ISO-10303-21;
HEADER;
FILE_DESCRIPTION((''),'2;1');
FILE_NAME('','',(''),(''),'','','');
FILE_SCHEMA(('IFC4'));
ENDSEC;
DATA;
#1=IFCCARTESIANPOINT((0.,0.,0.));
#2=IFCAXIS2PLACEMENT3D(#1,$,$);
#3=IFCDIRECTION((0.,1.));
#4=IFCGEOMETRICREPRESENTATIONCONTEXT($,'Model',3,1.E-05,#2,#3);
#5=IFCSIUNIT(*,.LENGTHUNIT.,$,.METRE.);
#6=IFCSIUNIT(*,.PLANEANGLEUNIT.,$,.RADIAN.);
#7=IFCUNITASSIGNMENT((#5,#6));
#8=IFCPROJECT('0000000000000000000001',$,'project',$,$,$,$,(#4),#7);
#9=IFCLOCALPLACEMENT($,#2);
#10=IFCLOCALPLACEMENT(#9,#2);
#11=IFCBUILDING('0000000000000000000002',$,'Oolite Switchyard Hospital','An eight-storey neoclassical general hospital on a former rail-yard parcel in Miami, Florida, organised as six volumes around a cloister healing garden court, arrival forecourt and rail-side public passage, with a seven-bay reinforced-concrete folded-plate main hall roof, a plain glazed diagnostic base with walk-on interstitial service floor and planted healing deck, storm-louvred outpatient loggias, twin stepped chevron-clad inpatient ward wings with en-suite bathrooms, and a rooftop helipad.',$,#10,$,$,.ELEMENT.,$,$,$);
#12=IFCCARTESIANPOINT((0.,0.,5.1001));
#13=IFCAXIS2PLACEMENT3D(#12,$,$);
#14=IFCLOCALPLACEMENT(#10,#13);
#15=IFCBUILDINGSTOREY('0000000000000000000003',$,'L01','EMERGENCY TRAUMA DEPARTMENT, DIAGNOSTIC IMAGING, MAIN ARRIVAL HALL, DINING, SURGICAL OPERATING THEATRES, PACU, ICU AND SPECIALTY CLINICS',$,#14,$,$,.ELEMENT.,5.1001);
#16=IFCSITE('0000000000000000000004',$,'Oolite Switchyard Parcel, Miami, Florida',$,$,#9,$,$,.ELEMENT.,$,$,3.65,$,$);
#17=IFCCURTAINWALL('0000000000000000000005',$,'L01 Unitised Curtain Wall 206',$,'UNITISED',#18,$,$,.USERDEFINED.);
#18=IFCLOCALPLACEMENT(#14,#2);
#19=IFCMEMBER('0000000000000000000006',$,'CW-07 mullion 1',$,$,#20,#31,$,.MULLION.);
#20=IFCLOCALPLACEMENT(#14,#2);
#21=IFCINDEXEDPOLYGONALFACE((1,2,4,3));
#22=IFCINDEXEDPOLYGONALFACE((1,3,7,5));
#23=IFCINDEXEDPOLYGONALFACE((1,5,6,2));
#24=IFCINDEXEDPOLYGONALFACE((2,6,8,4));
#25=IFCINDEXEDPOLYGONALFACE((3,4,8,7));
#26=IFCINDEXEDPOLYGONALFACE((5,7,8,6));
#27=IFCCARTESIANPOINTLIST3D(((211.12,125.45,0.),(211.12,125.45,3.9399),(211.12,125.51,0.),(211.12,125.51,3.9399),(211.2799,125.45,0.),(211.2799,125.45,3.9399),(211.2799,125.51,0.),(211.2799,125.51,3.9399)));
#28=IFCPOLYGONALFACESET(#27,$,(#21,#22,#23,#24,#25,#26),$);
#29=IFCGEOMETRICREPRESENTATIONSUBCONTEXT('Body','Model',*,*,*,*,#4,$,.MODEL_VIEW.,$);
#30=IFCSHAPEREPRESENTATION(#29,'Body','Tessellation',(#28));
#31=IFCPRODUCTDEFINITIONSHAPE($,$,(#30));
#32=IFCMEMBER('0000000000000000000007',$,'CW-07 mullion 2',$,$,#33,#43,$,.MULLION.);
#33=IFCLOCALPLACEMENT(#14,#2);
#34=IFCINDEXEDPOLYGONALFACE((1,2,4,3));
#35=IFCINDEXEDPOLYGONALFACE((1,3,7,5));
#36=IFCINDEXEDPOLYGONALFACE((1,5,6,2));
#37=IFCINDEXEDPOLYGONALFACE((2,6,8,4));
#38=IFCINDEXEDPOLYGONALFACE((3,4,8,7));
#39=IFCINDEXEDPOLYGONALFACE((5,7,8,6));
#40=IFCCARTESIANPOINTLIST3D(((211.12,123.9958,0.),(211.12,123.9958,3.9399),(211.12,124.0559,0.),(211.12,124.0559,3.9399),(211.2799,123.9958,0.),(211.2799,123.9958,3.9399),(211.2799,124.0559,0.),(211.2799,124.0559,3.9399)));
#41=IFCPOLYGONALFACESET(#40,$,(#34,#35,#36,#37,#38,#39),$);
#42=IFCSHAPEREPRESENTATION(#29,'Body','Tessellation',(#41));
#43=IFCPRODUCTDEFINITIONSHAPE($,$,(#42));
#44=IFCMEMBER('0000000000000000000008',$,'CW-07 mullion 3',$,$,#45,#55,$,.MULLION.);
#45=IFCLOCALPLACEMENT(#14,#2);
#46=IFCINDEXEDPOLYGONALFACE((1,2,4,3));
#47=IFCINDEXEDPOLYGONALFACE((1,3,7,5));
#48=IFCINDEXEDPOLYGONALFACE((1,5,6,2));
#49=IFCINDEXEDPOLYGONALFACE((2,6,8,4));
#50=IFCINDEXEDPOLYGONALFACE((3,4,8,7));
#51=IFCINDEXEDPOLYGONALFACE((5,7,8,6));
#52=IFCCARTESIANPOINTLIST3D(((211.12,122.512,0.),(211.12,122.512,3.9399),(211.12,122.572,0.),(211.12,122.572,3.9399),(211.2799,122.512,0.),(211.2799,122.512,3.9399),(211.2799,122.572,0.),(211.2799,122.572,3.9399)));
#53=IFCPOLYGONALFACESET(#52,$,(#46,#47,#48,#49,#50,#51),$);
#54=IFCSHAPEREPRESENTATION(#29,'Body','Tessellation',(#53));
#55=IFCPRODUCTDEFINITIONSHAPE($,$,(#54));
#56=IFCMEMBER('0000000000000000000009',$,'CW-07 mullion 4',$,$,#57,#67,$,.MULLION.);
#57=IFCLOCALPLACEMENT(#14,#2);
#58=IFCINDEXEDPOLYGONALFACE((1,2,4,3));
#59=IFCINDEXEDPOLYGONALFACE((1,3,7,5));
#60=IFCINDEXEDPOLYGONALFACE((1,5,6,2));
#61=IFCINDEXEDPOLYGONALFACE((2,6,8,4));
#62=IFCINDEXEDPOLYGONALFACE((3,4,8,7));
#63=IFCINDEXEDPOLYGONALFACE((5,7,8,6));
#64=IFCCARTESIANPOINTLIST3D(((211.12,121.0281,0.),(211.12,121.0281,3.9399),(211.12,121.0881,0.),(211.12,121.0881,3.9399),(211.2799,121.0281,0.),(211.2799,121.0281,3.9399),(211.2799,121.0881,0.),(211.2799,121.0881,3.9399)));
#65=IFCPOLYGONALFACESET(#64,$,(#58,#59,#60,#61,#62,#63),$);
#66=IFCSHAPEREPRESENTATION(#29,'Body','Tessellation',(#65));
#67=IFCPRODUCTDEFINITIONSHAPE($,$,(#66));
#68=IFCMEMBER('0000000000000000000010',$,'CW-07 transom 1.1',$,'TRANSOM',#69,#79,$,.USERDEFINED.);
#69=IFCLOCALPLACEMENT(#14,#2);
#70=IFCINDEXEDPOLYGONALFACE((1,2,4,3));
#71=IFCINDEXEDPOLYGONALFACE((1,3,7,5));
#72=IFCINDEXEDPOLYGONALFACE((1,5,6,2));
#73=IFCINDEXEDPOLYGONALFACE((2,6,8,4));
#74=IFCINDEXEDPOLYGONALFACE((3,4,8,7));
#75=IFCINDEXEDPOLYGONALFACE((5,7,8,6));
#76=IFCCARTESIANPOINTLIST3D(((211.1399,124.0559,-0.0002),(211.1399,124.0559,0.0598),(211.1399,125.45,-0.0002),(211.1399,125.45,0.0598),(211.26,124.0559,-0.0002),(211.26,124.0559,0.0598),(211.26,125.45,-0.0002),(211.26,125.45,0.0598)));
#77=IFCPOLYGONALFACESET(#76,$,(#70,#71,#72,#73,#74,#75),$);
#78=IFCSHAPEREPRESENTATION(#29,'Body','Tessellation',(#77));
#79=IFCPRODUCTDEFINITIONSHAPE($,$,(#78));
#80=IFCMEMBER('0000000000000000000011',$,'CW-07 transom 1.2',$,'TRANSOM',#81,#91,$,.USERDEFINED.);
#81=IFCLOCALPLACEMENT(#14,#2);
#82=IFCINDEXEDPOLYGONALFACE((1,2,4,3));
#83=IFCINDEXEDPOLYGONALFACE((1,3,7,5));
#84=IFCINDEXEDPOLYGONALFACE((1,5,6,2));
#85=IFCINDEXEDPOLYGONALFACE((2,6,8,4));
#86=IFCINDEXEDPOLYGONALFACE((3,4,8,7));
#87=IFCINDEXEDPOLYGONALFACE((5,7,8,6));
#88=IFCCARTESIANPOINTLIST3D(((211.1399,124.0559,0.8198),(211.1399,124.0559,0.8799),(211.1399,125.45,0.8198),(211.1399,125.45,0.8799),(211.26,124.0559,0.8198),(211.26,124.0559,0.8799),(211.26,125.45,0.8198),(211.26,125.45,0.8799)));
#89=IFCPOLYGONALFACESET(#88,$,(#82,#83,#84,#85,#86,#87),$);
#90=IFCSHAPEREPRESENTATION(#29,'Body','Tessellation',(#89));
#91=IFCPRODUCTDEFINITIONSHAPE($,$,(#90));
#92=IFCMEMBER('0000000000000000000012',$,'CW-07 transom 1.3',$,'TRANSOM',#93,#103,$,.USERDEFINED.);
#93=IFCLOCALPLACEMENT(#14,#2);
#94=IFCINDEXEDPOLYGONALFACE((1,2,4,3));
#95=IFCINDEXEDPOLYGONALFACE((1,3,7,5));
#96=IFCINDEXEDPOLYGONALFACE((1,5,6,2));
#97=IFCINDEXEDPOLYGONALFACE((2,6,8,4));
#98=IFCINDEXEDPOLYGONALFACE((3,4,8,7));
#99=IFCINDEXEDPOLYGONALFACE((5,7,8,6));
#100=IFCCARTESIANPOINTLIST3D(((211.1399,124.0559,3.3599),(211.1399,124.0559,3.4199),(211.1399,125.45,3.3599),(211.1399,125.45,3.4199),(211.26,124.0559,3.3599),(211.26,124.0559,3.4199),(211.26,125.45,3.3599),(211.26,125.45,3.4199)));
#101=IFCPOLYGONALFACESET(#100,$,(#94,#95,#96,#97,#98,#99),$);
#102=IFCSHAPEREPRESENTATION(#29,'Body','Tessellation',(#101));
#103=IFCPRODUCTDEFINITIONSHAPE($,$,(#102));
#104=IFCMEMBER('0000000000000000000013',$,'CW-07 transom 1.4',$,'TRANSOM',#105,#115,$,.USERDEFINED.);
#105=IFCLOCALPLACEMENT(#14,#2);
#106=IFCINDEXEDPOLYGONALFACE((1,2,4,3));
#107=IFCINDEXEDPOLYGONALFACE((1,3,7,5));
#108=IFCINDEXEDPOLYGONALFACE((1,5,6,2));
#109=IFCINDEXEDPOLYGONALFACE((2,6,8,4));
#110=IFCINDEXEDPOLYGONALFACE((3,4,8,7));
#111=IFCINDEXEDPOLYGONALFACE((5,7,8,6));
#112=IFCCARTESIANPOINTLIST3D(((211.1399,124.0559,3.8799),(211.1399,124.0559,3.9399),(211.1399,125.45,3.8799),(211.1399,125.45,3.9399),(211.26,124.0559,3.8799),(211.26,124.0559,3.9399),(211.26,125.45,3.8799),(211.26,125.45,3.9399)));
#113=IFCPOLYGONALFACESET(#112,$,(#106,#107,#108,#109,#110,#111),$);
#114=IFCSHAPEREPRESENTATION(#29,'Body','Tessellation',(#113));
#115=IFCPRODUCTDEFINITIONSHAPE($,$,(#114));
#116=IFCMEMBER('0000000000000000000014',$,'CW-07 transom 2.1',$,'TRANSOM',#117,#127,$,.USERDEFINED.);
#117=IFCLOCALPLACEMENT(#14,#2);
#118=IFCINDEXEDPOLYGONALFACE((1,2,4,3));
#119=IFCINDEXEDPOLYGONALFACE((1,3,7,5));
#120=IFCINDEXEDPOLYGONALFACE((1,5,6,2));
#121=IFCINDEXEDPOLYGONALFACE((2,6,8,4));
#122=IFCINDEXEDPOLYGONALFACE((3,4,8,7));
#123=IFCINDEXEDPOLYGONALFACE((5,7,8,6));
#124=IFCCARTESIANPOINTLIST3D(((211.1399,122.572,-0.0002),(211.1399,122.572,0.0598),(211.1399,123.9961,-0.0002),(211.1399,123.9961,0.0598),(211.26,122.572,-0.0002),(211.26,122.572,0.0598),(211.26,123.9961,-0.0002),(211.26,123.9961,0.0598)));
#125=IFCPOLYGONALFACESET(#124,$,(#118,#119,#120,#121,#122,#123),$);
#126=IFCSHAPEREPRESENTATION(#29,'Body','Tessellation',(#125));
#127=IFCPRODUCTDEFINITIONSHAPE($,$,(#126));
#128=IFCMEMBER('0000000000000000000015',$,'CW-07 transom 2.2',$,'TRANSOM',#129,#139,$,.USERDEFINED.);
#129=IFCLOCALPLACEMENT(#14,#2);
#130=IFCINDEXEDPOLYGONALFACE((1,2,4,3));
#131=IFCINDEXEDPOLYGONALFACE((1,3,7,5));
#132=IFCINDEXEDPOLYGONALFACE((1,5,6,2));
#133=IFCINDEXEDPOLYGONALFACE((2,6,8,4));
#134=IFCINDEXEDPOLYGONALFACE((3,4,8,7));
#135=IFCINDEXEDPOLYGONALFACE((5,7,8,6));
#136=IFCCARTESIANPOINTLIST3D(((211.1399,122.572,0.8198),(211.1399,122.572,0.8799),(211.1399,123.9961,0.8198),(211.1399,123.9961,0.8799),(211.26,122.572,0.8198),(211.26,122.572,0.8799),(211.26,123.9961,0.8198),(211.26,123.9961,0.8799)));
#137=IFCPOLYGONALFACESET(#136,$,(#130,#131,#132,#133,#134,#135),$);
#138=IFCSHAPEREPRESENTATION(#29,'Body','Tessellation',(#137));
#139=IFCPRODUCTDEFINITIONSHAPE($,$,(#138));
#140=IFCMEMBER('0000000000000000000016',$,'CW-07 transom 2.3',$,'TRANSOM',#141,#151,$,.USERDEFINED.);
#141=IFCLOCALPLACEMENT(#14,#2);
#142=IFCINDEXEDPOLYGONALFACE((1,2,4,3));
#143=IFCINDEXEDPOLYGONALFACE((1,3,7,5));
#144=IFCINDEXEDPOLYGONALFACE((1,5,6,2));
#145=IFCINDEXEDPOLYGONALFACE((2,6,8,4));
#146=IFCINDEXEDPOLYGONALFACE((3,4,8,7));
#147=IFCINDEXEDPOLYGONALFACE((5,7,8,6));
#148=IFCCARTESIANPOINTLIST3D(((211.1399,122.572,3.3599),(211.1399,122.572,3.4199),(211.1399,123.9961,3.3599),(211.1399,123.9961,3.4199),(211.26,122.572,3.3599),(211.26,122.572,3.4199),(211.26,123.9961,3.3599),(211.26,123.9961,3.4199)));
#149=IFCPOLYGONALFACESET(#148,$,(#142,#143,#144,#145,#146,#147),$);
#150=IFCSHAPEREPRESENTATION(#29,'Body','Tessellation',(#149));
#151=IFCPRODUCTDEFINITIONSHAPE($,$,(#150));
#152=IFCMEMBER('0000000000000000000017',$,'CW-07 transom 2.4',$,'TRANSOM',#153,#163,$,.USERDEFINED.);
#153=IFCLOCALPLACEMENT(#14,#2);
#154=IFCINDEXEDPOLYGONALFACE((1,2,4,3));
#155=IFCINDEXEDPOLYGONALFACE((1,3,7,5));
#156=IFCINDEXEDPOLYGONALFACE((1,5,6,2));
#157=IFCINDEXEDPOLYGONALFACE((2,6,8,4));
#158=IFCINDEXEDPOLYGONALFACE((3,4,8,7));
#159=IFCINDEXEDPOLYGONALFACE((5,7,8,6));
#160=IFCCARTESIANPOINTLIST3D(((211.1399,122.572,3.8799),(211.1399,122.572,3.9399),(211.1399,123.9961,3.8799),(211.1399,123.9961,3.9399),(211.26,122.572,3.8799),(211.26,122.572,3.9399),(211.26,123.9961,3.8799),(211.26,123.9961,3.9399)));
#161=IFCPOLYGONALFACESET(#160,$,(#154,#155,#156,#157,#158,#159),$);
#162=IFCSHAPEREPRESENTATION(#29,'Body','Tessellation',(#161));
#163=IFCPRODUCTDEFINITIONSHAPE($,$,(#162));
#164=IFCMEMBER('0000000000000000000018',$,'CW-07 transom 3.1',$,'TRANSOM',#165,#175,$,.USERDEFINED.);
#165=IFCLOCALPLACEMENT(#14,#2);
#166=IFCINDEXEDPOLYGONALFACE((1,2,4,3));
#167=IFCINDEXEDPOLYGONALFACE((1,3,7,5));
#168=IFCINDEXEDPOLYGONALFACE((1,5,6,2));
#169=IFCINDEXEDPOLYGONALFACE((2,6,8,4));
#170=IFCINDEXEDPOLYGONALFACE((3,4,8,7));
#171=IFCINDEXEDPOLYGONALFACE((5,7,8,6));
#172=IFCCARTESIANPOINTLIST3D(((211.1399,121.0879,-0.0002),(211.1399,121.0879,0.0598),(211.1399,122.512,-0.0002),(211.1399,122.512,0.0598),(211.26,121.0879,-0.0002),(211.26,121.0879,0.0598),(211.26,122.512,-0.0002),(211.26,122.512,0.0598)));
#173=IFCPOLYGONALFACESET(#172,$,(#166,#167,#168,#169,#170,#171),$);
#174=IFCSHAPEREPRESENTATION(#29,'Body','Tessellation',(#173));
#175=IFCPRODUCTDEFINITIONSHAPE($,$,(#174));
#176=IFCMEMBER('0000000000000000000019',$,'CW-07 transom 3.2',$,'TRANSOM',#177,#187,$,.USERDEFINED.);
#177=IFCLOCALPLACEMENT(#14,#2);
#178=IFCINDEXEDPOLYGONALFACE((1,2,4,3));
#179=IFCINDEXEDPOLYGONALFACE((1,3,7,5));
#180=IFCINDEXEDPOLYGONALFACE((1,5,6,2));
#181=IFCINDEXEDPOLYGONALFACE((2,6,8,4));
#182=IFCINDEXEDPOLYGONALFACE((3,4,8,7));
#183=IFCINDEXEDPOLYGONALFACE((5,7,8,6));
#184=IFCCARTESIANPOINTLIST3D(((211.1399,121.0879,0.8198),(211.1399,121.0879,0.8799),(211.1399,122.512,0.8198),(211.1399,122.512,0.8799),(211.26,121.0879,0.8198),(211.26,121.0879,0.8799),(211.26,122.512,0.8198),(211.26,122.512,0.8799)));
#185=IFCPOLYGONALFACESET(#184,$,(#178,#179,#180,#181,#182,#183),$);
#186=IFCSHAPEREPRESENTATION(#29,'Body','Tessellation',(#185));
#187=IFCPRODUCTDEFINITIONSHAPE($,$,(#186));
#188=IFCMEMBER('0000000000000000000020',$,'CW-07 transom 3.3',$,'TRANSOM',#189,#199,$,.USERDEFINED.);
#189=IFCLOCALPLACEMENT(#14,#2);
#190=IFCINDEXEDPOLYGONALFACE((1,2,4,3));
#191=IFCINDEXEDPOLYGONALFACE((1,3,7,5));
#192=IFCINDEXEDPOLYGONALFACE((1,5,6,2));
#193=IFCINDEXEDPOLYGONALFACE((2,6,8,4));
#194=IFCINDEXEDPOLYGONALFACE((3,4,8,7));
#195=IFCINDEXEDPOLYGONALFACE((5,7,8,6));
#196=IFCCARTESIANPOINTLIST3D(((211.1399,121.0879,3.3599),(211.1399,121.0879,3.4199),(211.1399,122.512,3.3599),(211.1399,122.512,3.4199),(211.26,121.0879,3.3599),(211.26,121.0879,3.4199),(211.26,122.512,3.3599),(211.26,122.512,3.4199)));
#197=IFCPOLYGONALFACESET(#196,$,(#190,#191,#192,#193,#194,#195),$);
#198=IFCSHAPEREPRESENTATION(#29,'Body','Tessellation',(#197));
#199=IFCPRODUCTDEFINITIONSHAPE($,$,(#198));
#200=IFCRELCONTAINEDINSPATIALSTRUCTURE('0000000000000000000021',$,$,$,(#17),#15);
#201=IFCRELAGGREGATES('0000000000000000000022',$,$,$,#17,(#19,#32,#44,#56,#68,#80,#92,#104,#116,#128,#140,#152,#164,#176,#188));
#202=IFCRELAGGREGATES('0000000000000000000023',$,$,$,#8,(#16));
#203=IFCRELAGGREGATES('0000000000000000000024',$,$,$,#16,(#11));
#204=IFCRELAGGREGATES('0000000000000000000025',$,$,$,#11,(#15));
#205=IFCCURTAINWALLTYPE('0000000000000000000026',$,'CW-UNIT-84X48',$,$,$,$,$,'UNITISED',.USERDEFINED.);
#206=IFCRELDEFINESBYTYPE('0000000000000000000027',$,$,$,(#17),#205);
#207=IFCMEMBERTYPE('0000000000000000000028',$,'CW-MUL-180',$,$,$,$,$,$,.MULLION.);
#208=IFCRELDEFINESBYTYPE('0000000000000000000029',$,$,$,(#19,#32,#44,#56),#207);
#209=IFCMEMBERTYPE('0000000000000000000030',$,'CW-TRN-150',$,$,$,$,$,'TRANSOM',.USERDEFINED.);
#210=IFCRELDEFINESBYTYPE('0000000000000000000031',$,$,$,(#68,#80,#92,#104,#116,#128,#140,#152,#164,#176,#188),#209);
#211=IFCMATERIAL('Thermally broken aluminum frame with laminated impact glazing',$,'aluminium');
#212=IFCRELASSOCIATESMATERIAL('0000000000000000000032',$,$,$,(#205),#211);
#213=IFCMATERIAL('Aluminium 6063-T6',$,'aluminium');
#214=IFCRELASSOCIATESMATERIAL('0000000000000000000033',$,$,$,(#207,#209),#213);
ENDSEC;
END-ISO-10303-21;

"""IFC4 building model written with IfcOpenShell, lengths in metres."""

from ifc_helpers import new_model, si_unit, direction, frame, origin, origin_2d, place, context, subcontext, project, spatial, rectangle, extrude, material, material_profile, profile_set, type_object, element, aggregate, save


model = new_model("IFC4")

# Units and contexts
model_context = context("Model", 3, precision=1e-05, world=origin(), true_north=direction((0.0, 1.0)))
body_context = subcontext(model_context, "Body", "Model", "MODEL_VIEW")
ifc_project = project(units=[si_unit("LENGTHUNIT", "METRE"), si_unit("PLANEANGLEUNIT", "RADIAN")], contexts=[model_context])

# Site, building, storey
site_placement = place(None, origin())
site = spatial("IfcSite", under=ifc_project, at=site_placement, Name="Oolite Switchyard Parcel, Miami, Florida", CompositionType="ELEMENT", RefElevation=3.65)
building_placement = place(site_placement, origin())
building = spatial("IfcBuilding", under=site, at=building_placement, Name="Oolite Switchyard Hospital", Description="An eight-storey neoclassical general hospital on a former rail-yard parcel in Miami, Florida, organised as six volumes around a cloister healing garden court, arrival forecourt and rail-side public passage, with a seven-bay reinforced-concrete folded-plate main hall roof, a plain glazed diagnostic base with walk-on interstitial service floor and planted healing deck, storm-louvred outpatient loggias, twin stepped chevron-clad inpatient ward wings with en-suite bathrooms, and a rooftop helipad.", CompositionType="ELEMENT")
storey_placement = place(building_placement, frame((0.0, 0.0, 5.1001)))
storey = spatial("IfcBuildingStorey", under=building, at=storey_placement, Name="L01", Description="EMERGENCY TRAUMA DEPARTMENT, DIAGNOSTIC IMAGING, MAIN ARRIVAL HALL, DINING, SURGICAL OPERATING THEATRES, PACU, ICU AND SPECIALTY CLINICS", CompositionType="ELEMENT", Elevation=5.1001)

# Curtain wall, members
ifc_material_1 = material(Name="Thermally broken aluminum frame with laminated impact glazing", Category="aluminium")
curtain_wall_type = type_object("IfcCurtainWallType", Name="CW-UNIT-84X48", ElementType="UNITISED", PredefinedType="USERDEFINED", material=ifc_material_1)
curtain_wall_placement = place(storey_placement, origin())
curtain_wall = element("IfcCurtainWall", 1, at=curtain_wall_placement, inside=storey, type_object=curtain_wall_type, Name="L01 Unitised Curtain Wall 206", ObjectType="UNITISED", PredefinedType="USERDEFINED")
ifc_material_2 = material(Name="Aluminium 6063-T6", Category="aluminium")
ifc_material_profile_1 = material_profile(ifc_material_2, rectangle(XDim=0.1599, YDim=0.0601, at=origin_2d()), Name="CWM60X160")
ifc_profile_set_1 = profile_set([ifc_material_profile_1], Name="Aluminium 6063-T6")
member_type_1 = type_object("IfcMemberType", Name="CW-MUL-180", PredefinedType="MULLION", material=ifc_profile_set_1)
member_1_placement = place(storey_placement, frame((211.2, 125.48, 0.0), z_axis=(0.0, 0.0, 1.0), x_axis=(1.0, 0.0, 0.0)))
member_1 = element("IfcMember", 2, at=member_1_placement, type_object=member_type_1, Name="CW-07 mullion 1", PredefinedType="MULLION", context=body_context, shape_type="SweptSolid", body=[
    extrude(rectangle(XDim=0.1599, YDim=0.0601, at=origin_2d()), origin(), (0.0, 0.0, 1.0), 3.9399),
])
member_2_placement = place(storey_placement, frame((211.2, 124.0259, 0.0), z_axis=(0.0, 0.0, 1.0), x_axis=(1.0, 0.0, 0.0)))
member_2 = element("IfcMember", 3, at=member_2_placement, type_object=member_type_1, Name="CW-07 mullion 2", PredefinedType="MULLION", context=body_context, shape_type="SweptSolid", body=[
    extrude(rectangle(XDim=0.1599, YDim=0.0601, at=origin_2d()), origin(), (0.0, 0.0, 1.0), 3.9399),
])
member_3_placement = place(storey_placement, frame((211.2, 122.542, 0.0), z_axis=(0.0, 0.0, 1.0), x_axis=(1.0, 0.0, 0.0)))
member_3 = element("IfcMember", 4, at=member_3_placement, type_object=member_type_1, Name="CW-07 mullion 3", PredefinedType="MULLION", context=body_context, shape_type="SweptSolid", body=[
    extrude(rectangle(XDim=0.1599, YDim=0.0601, at=origin_2d()), origin(), (0.0, 0.0, 1.0), 3.9399),
])
member_4_placement = place(storey_placement, frame((211.2, 121.0581, 0.0), z_axis=(0.0, 0.0, 1.0), x_axis=(1.0, 0.0, 0.0)))
member_4 = element("IfcMember", 5, at=member_4_placement, type_object=member_type_1, Name="CW-07 mullion 4", PredefinedType="MULLION", context=body_context, shape_type="SweptSolid", body=[
    extrude(rectangle(XDim=0.1599, YDim=0.0601, at=origin_2d()), origin(), (0.0, 0.0, 1.0), 3.9399),
])
ifc_material_profile_2 = material_profile(ifc_material_2, rectangle(XDim=0.1201, YDim=0.0601, at=origin_2d()), Name="CWT60X120")
ifc_profile_set_2 = profile_set([ifc_material_profile_2], Name="Aluminium 6063-T6")
member_type_2 = type_object("IfcMemberType", Name="CW-TRN-150", ElementType="TRANSOM", PredefinedType="USERDEFINED", material=ifc_profile_set_2)
member_5_placement = place(storey_placement, frame((211.2, 125.45, 0.0298), z_axis=(0.0, -1.0, 0.0), x_axis=(1.0, 0.0, 0.0)))
member_5 = element("IfcMember", 6, at=member_5_placement, type_object=member_type_2, Name="CW-07 transom 1.1", ObjectType="TRANSOM", PredefinedType="USERDEFINED", context=body_context, shape_type="SweptSolid", body=[
    extrude(rectangle(XDim=0.1201, YDim=0.0601, at=origin_2d()), origin(), (0.0, 0.0, 1.0), 1.394),
])
member_6_placement = place(storey_placement, frame((211.2, 125.45, 0.8499), z_axis=(0.0, -1.0, 0.0), x_axis=(1.0, 0.0, 0.0)))
member_6 = element("IfcMember", 7, at=member_6_placement, type_object=member_type_2, Name="CW-07 transom 1.2", ObjectType="TRANSOM", PredefinedType="USERDEFINED", context=body_context, shape_type="SweptSolid", body=[
    extrude(rectangle(XDim=0.1201, YDim=0.0601, at=origin_2d()), origin(), (0.0, 0.0, 1.0), 1.394),
])
member_7_placement = place(storey_placement, frame((211.2, 125.45, 3.3899), z_axis=(0.0, -1.0, 0.0), x_axis=(1.0, 0.0, 0.0)))
member_7 = element("IfcMember", 8, at=member_7_placement, type_object=member_type_2, Name="CW-07 transom 1.3", ObjectType="TRANSOM", PredefinedType="USERDEFINED", context=body_context, shape_type="SweptSolid", body=[
    extrude(rectangle(XDim=0.1201, YDim=0.0601, at=origin_2d()), origin(), (0.0, 0.0, 1.0), 1.394),
])
member_8_placement = place(storey_placement, frame((211.2, 125.45, 3.9099), z_axis=(0.0, -1.0, 0.0), x_axis=(1.0, 0.0, 0.0)))
member_8 = element("IfcMember", 9, at=member_8_placement, type_object=member_type_2, Name="CW-07 transom 1.4", ObjectType="TRANSOM", PredefinedType="USERDEFINED", context=body_context, shape_type="SweptSolid", body=[
    extrude(rectangle(XDim=0.1201, YDim=0.0601, at=origin_2d()), origin(), (0.0, 0.0, 1.0), 1.394),
])
member_9_placement = place(storey_placement, frame((211.2, 123.9961, 0.0298), z_axis=(0.0, -1.0, 0.0), x_axis=(1.0, 0.0, 0.0)))
member_9 = element("IfcMember", 10, at=member_9_placement, type_object=member_type_2, Name="CW-07 transom 2.1", ObjectType="TRANSOM", PredefinedType="USERDEFINED", context=body_context, shape_type="SweptSolid", body=[
    extrude(rectangle(XDim=0.1201, YDim=0.0601, at=origin_2d()), origin(), (0.0, 0.0, 1.0), 1.4241),
])
member_10_placement = place(storey_placement, frame((211.2, 123.9961, 0.8499), z_axis=(0.0, -1.0, 0.0), x_axis=(1.0, 0.0, 0.0)))
member_10 = element("IfcMember", 11, at=member_10_placement, type_object=member_type_2, Name="CW-07 transom 2.2", ObjectType="TRANSOM", PredefinedType="USERDEFINED", context=body_context, shape_type="SweptSolid", body=[
    extrude(rectangle(XDim=0.1201, YDim=0.0601, at=origin_2d()), origin(), (0.0, 0.0, 1.0), 1.4241),
])
member_11_placement = place(storey_placement, frame((211.2, 123.9961, 3.3899), z_axis=(0.0, -1.0, 0.0), x_axis=(1.0, 0.0, 0.0)))
member_11 = element("IfcMember", 12, at=member_11_placement, type_object=member_type_2, Name="CW-07 transom 2.3", ObjectType="TRANSOM", PredefinedType="USERDEFINED", context=body_context, shape_type="SweptSolid", body=[
    extrude(rectangle(XDim=0.1201, YDim=0.0601, at=origin_2d()), origin(), (0.0, 0.0, 1.0), 1.4241),
])
member_12_placement = place(storey_placement, frame((211.2, 123.9961, 3.9099), z_axis=(0.0, -1.0, 0.0), x_axis=(1.0, 0.0, 0.0)))
member_12 = element("IfcMember", 13, at=member_12_placement, type_object=member_type_2, Name="CW-07 transom 2.4", ObjectType="TRANSOM", PredefinedType="USERDEFINED", context=body_context, shape_type="SweptSolid", body=[
    extrude(rectangle(XDim=0.1201, YDim=0.0601, at=origin_2d()), origin(), (0.0, 0.0, 1.0), 1.4241),
])
member_13_placement = place(storey_placement, frame((211.2, 122.512, 0.0298), z_axis=(0.0, -1.0, 0.0), x_axis=(1.0, 0.0, 0.0)))
member_13 = element("IfcMember", 14, at=member_13_placement, type_object=member_type_2, Name="CW-07 transom 3.1", ObjectType="TRANSOM", PredefinedType="USERDEFINED", context=body_context, shape_type="SweptSolid", body=[
    extrude(rectangle(XDim=0.1201, YDim=0.0601, at=origin_2d()), origin(), (0.0, 0.0, 1.0), 1.4241),
])
member_14_placement = place(storey_placement, frame((211.2, 122.512, 0.8499), z_axis=(0.0, -1.0, 0.0), x_axis=(1.0, 0.0, 0.0)))
member_14 = element("IfcMember", 15, at=member_14_placement, type_object=member_type_2, Name="CW-07 transom 3.2", ObjectType="TRANSOM", PredefinedType="USERDEFINED", context=body_context, shape_type="SweptSolid", body=[
    extrude(rectangle(XDim=0.1201, YDim=0.0601, at=origin_2d()), origin(), (0.0, 0.0, 1.0), 1.4241),
])
member_15_placement = place(storey_placement, frame((211.2, 122.512, 3.3899), z_axis=(0.0, -1.0, 0.0), x_axis=(1.0, 0.0, 0.0)))
member_15 = element("IfcMember", 16, at=member_15_placement, type_object=member_type_2, Name="CW-07 transom 3.3", ObjectType="TRANSOM", PredefinedType="USERDEFINED", context=body_context, shape_type="SweptSolid", body=[
    extrude(rectangle(XDim=0.1201, YDim=0.0601, at=origin_2d()), origin(), (0.0, 0.0, 1.0), 1.4241),
])
aggregate(curtain_wall, [member_1, member_2, member_3, member_4, member_5, member_6, member_7, member_8, member_9, member_10, member_11, member_12, member_13, member_14, member_15])

save(model, "model.ifc")
